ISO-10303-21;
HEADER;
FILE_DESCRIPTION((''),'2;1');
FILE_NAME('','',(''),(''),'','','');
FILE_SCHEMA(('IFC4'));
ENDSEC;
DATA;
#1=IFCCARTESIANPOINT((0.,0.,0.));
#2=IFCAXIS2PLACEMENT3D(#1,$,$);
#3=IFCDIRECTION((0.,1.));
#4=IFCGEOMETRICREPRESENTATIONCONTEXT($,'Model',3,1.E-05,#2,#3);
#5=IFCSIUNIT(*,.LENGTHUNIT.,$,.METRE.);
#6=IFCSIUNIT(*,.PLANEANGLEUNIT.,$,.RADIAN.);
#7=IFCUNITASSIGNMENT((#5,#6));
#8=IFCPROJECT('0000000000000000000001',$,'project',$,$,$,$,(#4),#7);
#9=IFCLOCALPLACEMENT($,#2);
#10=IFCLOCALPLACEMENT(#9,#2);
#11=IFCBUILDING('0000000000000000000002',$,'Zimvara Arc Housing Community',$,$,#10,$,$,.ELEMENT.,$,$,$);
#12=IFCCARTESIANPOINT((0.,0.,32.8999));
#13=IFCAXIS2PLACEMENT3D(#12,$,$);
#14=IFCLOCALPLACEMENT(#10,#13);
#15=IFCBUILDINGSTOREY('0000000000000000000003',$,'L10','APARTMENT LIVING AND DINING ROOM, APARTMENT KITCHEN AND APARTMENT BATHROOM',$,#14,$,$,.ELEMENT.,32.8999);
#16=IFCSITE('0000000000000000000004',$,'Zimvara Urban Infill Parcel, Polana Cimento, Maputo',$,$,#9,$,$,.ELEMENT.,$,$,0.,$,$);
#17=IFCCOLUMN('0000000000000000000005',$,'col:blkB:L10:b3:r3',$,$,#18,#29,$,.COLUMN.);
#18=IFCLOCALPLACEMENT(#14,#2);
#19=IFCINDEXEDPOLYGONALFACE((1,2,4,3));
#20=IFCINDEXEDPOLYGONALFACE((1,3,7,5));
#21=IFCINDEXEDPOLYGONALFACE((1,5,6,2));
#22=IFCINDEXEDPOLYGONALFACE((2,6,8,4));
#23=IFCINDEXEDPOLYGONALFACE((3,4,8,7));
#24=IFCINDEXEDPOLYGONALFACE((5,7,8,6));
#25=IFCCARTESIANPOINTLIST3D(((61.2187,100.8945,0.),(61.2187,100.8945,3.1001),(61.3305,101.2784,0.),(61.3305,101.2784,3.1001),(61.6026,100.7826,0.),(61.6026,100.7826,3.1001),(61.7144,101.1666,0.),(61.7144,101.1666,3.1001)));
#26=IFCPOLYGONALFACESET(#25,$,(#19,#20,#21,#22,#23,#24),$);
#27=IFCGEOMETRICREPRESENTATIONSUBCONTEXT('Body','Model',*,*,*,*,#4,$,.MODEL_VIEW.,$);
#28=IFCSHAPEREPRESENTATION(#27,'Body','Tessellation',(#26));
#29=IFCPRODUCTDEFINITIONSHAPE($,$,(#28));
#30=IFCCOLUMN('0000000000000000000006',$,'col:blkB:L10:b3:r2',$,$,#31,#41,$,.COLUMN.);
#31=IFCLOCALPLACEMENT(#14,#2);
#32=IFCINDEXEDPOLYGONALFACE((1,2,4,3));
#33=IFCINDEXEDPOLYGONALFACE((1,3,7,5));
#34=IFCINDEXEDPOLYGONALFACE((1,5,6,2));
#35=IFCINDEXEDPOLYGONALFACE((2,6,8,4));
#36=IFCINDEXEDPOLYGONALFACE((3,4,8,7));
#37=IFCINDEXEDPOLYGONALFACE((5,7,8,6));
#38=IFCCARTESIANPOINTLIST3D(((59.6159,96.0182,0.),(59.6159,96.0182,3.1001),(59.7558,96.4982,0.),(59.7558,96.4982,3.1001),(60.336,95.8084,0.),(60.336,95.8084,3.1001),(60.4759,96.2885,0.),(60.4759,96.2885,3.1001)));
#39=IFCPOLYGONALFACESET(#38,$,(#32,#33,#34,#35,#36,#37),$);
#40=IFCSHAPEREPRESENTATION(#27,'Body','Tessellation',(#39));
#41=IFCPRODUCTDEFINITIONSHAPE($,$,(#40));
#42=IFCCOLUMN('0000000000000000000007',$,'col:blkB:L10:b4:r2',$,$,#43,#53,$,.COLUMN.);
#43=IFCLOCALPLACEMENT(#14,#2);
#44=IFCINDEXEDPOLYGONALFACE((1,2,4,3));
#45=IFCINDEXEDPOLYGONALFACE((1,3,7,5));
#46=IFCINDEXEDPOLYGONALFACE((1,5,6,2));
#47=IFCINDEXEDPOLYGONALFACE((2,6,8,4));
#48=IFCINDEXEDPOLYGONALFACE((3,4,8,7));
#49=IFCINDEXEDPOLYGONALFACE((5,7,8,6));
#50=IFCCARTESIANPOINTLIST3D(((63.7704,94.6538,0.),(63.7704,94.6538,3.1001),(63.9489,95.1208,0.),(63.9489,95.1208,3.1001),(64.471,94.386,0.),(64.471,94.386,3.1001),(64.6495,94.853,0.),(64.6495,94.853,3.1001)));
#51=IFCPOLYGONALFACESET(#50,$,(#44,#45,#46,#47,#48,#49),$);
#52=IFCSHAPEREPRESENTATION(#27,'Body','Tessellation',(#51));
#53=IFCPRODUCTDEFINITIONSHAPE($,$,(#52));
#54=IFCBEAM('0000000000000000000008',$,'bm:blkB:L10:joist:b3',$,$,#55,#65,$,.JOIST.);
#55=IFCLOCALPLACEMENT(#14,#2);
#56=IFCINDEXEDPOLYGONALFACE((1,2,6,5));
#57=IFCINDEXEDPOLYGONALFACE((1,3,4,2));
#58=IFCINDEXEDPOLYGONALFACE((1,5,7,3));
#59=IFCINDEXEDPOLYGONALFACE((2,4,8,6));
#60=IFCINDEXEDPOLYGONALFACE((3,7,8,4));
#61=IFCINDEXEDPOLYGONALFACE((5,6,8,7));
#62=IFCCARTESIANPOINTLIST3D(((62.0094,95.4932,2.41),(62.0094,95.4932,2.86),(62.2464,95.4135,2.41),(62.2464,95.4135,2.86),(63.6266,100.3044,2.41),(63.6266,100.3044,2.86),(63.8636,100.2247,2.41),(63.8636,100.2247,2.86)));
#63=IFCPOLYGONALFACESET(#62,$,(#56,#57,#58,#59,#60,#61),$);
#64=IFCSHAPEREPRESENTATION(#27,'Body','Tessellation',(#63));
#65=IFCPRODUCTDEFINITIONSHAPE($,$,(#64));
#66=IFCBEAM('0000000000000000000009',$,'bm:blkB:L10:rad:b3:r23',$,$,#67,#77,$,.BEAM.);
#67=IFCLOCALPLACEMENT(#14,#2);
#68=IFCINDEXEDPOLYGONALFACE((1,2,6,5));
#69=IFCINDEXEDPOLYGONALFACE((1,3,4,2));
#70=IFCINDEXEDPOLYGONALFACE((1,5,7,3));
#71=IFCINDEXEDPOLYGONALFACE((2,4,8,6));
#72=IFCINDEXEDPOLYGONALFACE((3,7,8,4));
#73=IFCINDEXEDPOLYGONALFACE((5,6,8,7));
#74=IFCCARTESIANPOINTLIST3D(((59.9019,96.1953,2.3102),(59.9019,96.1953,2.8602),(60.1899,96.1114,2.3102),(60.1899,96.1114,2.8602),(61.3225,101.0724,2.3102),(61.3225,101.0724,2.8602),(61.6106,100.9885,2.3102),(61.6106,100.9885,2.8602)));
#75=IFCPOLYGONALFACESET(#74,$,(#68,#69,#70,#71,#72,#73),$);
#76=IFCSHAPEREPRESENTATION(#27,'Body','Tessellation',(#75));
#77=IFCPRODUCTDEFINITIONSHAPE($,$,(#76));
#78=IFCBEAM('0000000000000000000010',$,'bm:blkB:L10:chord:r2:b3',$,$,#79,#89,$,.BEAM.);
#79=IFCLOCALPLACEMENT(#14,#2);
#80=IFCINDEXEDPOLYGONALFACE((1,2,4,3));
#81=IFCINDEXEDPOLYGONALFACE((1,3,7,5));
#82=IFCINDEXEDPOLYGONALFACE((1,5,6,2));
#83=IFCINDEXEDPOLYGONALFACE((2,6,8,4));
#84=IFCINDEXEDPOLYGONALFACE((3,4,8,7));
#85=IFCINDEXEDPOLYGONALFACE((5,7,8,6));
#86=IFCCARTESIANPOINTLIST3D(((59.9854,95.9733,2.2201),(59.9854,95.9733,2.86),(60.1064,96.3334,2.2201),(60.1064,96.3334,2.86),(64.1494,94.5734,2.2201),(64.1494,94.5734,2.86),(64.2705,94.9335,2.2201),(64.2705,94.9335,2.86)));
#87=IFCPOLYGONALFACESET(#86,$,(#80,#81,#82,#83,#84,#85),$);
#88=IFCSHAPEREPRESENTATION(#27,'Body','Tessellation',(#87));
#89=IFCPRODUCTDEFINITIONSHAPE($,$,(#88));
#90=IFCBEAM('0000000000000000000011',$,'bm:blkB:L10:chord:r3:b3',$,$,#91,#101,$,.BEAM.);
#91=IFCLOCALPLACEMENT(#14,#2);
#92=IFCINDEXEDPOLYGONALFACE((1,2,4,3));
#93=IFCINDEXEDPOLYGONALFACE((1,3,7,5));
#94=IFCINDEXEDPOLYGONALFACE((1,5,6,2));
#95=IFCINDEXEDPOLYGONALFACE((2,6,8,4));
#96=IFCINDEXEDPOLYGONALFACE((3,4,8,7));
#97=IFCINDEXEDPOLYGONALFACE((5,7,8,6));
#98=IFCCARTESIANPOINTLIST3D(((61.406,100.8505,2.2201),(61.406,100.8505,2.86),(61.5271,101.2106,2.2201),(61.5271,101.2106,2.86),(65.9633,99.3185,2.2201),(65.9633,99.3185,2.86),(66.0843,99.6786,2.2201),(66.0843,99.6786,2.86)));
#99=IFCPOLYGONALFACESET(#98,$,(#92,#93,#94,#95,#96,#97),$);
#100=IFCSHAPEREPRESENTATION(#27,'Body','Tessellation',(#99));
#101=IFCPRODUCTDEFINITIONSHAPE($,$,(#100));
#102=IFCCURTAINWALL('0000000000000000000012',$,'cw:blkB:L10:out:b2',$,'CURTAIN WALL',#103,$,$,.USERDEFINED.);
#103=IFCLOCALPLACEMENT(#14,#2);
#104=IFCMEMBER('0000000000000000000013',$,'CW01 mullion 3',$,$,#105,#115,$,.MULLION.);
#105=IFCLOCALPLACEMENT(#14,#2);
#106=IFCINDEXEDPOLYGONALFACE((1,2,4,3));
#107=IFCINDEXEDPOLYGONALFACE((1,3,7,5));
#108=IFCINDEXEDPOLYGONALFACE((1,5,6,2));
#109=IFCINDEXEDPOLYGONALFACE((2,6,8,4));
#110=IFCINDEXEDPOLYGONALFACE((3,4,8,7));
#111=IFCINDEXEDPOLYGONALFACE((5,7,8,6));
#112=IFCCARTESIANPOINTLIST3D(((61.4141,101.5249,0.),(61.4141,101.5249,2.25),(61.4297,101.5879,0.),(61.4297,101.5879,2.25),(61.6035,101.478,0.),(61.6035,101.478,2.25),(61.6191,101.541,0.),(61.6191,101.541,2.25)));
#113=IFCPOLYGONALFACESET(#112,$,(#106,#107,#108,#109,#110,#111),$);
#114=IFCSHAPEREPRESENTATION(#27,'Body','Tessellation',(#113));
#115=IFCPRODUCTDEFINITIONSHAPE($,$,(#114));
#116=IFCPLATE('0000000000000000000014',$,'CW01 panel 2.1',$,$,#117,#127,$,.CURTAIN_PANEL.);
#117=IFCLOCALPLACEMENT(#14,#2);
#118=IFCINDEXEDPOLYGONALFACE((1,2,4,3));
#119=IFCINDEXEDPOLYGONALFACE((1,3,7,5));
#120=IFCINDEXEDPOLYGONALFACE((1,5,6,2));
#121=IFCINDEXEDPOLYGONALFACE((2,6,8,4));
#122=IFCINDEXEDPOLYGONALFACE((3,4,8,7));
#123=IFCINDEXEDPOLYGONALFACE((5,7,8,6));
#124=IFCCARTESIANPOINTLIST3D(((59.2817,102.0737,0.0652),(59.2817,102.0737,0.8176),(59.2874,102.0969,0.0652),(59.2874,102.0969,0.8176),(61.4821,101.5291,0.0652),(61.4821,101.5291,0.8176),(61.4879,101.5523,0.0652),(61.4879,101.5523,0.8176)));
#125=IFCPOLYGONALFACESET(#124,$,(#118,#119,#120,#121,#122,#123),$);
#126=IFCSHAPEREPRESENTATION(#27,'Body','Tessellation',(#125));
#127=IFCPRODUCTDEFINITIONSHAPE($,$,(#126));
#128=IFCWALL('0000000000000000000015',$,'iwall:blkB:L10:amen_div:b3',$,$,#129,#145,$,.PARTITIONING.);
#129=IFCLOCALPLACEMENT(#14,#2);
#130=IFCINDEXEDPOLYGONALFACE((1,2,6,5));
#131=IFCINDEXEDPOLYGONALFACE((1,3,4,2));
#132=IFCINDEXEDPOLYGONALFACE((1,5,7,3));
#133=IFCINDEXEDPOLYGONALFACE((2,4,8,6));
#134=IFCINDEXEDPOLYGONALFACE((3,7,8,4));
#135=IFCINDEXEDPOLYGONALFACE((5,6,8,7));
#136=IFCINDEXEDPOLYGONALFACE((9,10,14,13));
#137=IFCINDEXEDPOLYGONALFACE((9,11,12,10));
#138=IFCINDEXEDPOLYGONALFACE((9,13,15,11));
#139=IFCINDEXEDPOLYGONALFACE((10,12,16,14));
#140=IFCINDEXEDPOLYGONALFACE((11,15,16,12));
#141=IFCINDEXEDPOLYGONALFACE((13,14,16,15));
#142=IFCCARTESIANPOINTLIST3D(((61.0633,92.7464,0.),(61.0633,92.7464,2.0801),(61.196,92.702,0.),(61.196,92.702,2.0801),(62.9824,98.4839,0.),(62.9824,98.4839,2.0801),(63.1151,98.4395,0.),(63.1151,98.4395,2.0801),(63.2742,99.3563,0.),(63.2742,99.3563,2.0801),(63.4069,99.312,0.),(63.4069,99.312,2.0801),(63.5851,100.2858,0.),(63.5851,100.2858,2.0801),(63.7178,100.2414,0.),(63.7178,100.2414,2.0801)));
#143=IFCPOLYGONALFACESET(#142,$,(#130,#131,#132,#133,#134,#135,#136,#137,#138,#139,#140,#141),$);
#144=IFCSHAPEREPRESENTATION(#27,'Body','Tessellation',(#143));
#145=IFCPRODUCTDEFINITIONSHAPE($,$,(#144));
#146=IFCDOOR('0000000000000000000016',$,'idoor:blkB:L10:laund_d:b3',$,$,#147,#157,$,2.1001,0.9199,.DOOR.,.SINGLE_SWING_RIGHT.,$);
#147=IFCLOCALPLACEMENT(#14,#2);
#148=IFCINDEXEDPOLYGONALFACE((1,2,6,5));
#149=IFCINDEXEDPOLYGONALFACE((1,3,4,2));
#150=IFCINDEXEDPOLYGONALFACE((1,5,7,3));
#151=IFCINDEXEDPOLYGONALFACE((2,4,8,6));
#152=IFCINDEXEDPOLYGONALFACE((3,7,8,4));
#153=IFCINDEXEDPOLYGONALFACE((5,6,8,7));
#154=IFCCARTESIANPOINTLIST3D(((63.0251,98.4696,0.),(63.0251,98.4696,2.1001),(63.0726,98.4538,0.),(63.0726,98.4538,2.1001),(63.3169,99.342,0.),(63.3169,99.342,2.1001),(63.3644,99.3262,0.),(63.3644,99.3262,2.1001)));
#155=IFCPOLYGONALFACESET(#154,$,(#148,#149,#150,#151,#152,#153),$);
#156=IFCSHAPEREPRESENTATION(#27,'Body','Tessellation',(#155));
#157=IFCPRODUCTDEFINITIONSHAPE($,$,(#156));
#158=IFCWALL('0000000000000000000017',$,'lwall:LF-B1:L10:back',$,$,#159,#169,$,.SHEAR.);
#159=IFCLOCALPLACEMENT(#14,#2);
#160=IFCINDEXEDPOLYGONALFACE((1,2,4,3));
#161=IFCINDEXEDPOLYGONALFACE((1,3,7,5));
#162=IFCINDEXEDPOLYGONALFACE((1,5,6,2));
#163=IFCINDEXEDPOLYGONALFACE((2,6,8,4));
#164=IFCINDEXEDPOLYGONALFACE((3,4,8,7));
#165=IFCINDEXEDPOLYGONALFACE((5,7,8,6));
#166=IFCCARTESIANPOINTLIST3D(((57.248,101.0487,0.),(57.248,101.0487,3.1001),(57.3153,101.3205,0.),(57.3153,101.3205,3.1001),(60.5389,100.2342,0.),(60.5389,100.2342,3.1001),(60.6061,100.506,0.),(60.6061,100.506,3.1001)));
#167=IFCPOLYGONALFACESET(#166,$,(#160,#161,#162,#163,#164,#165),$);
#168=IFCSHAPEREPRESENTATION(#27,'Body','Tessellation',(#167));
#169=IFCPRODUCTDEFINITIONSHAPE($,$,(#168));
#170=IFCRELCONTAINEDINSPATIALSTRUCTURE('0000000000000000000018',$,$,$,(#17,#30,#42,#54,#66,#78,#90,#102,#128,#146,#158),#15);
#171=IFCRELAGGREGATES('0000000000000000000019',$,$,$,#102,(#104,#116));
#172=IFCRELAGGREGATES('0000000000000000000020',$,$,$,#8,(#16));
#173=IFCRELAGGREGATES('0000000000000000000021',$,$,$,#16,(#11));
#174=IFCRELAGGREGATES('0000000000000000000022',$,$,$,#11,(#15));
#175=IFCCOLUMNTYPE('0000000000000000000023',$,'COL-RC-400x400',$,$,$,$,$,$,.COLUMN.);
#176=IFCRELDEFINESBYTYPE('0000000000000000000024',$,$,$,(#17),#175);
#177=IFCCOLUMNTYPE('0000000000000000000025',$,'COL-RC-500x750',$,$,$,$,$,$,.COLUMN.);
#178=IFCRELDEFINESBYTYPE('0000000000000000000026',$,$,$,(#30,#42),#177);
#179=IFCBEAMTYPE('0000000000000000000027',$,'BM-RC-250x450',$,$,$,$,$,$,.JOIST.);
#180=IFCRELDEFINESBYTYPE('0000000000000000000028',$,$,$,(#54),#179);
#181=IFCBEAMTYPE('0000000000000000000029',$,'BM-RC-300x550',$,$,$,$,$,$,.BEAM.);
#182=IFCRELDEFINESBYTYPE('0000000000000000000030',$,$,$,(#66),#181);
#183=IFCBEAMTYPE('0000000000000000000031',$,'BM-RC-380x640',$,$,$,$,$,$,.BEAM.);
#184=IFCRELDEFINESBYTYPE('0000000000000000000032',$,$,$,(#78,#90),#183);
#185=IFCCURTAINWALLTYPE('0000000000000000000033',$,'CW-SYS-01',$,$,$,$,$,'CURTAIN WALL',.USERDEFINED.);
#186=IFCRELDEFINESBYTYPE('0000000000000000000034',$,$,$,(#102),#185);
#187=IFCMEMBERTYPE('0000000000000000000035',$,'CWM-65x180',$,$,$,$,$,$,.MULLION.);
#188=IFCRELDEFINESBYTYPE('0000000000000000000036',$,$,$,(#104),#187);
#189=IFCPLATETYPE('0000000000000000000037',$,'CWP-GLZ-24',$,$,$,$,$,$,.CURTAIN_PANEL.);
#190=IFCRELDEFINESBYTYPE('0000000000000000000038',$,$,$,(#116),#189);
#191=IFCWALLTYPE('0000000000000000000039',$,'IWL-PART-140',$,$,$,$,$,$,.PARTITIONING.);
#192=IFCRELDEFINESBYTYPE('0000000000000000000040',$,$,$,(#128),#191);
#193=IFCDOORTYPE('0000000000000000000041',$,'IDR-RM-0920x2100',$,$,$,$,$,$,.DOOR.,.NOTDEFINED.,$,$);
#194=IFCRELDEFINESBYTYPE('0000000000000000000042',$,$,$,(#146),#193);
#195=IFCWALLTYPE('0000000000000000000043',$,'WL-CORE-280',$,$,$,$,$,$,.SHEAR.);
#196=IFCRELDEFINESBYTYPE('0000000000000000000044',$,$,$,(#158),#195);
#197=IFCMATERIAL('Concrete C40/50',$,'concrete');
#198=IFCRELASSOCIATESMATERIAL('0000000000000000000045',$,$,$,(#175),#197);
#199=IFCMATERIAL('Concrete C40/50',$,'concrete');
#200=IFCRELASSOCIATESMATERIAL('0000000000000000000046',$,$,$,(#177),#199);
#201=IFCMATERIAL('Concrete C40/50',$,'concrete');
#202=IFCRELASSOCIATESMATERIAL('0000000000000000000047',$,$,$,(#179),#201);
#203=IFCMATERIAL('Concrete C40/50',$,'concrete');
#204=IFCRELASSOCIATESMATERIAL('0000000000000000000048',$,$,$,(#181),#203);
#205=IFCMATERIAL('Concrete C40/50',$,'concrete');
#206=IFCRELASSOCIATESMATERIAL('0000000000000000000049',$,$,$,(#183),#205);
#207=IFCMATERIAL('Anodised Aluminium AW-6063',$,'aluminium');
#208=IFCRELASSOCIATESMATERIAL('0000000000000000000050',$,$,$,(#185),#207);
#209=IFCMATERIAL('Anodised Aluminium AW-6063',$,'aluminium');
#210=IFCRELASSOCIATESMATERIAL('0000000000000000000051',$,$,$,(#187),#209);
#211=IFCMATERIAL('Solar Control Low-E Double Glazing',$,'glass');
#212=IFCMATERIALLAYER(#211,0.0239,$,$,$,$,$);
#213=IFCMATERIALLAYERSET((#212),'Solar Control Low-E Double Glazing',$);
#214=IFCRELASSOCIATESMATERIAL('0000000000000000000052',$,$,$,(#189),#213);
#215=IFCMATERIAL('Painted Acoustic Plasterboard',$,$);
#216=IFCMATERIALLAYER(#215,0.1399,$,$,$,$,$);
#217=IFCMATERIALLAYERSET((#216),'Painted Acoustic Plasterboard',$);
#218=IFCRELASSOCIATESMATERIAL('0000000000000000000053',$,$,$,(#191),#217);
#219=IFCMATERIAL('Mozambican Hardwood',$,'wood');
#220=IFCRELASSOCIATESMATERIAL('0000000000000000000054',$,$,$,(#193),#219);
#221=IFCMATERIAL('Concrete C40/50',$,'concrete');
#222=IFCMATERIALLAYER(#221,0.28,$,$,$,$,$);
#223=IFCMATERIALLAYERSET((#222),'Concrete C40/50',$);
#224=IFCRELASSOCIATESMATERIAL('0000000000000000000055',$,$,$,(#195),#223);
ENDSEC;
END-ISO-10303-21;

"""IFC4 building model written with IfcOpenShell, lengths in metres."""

from ifc_helpers import new_model, si_unit, direction, frame, frame_2d, origin, origin_2d, place, context, subcontext, project, spatial, rectangle, extrude, material, layer, layer_set, material_profile, profile_set, type_object, element, fill, aggregate, save


model = new_model("IFC4")

# Units and contexts
model_context = context("Model", 3, precision=1e-05, world=origin(), true_north=direction((0.0, 1.0)))
body_context = subcontext(model_context, "Body", "Model", "MODEL_VIEW")
ifc_project = project(units=[si_unit("LENGTHUNIT", "METRE"), si_unit("PLANEANGLEUNIT", "RADIAN")], contexts=[model_context])

# Site, building, storey
site_placement = place(None, origin())
site = spatial("IfcSite", under=ifc_project, at=site_placement, Name="Zimvara Urban Infill Parcel, Polana Cimento, Maputo", CompositionType="ELEMENT", RefElevation=0.0)
building_placement = place(site_placement, origin())
building = spatial("IfcBuilding", under=site, at=building_placement, Name="Zimvara Arc Housing Community", CompositionType="ELEMENT")
storey_placement = place(building_placement, frame((0.0, 0.0, 32.8999)))
storey = spatial("IfcBuildingStorey", under=building, at=storey_placement, Name="L10", Description="APARTMENT LIVING AND DINING ROOM, APARTMENT KITCHEN AND APARTMENT BATHROOM", CompositionType="ELEMENT", Elevation=32.8999)

# Columns
ifc_material_1 = material(Name="Concrete C40/50", Category="concrete")
ifc_material_profile_1 = material_profile(ifc_material_1, rectangle(XDim=0.3999, YDim=0.3999, at=origin_2d()), Name="RC 400x400")
ifc_profile_set_1 = profile_set([ifc_material_profile_1], Name="Concrete C40/50")
column_type_1 = type_object("IfcColumnType", Name="COL-RC-400x400", PredefinedType="COLUMN", material=ifc_profile_set_1)
column_placement = place(storey_placement, frame((61.4666, 101.0305, 0.0), z_axis=(0.0, 0.0, 1.0), x_axis=(0.279661, 0.960099, 0.0)))
element("IfcColumn", 1, at=column_placement, inside=storey, type_object=column_type_1, Name="col:blkB:L10:b3:r3", PredefinedType="COLUMN", context=body_context, shape_type="SweptSolid", body=[
    extrude(rectangle(XDim=0.3999, YDim=0.3999, at=origin_2d()), origin(), (0.0, 0.0, 1.0), 3.1001),
])
ifc_material_2 = material(Name="Concrete C40/50", Category="concrete")
ifc_material_profile_2 = material_profile(ifc_material_2, rectangle(XDim=0.5, YDim=0.75, at=origin_2d()), Name="RC 500x750")
ifc_profile_set_2 = profile_set([ifc_material_profile_2], Name="Concrete C40/50")
column_type_2 = type_object("IfcColumnType", Name="COL-RC-500x750", PredefinedType="COLUMN", material=ifc_profile_set_2)
for number, where, z_axis, x_axis, name in (
    (2, (60.0459, 96.1533, 0.0), (0.0, 0.0, 1.0), (0.279661, 0.960099, 0.0), "col:blkB:L10:b3:r2"),
    (3, (64.21, 94.7534, 0.0), (0.0, 0.0, 1.0), (0.357064, 0.93408, 0.0), "col:blkB:L10:b4:r2"),
):
    element("IfcColumn", number, at=place(storey_placement, frame(where, z_axis=z_axis, x_axis=x_axis)), inside=storey, type_object=column_type_2, Name=name, PredefinedType="COLUMN", context=body_context, shape_type="SweptSolid", body=[
        extrude(rectangle(XDim=0.5, YDim=0.75, at=origin_2d()), origin(), (0.0, 0.0, 1.0), 3.1001),
    ])

# Beams
ifc_material_3 = material(Name="Concrete C40/50", Category="concrete")
ifc_material_profile_3 = material_profile(ifc_material_3, rectangle(XDim=0.25, YDim=0.45, at=origin_2d()), Name="RC 250x450")
ifc_profile_set_3 = profile_set([ifc_material_profile_3], Name="Concrete C40/50")
beam_type_1 = type_object("IfcBeamType", Name="BM-RC-250x450", PredefinedType="JOIST", material=ifc_profile_set_3)
beam_1_placement = place(storey_placement, frame((62.1279, 95.4534, 2.635), z_axis=(0.318608, 0.947887, 0.0), x_axis=(-0.947887, 0.318608, 0.0)))
element("IfcBeam", 4, at=beam_1_placement, inside=storey, type_object=beam_type_1, Name="bm:blkB:L10:joist:b3", PredefinedType="JOIST", context=body_context, shape_type="SweptSolid", body=[
    extrude(rectangle(XDim=0.25, YDim=0.45, at=origin_2d()), origin(), (0.0, 0.0, 1.0), 5.0757),
])
ifc_material_4 = material(Name="Concrete C40/50", Category="concrete")
ifc_material_profile_4 = material_profile(ifc_material_4, rectangle(XDim=0.3, YDim=0.55, at=origin_2d()), Name="RC 300x550")
ifc_profile_set_4 = profile_set([ifc_material_profile_4], Name="Concrete C40/50")
beam_type_2 = type_object("IfcBeamType", Name="BM-RC-300x550", PredefinedType="BEAM", material=ifc_profile_set_4)
beam_2_placement = place(storey_placement, frame((60.0459, 96.1533, 2.5852), z_axis=(0.279662, 0.960098, 0.0), x_axis=(-0.960098, 0.279662, 0.0)))
element("IfcBeam", 5, at=beam_2_placement, inside=storey, type_object=beam_type_2, Name="bm:blkB:L10:rad:b3:r23", PredefinedType="BEAM", context=body_context, shape_type="SweptSolid", body=[
    extrude(rectangle(XDim=0.3, YDim=0.55, at=origin_2d()), origin(), (0.0, 0.0, 1.0), 5.0798),
])
ifc_material_5 = material(Name="Concrete C40/50", Category="concrete")
ifc_material_profile_5 = material_profile(ifc_material_5, rectangle(XDim=0.3799, YDim=0.6399, at=origin_2d()), Name="RC 380x640")
ifc_profile_set_5 = profile_set([ifc_material_profile_5], Name="Concrete C40/50")
beam_type_3 = type_object("IfcBeamType", Name="BM-RC-380x640", PredefinedType="BEAM", material=ifc_profile_set_5)
beam_3_placement = place(storey_placement, frame((60.0459, 96.1533, 2.54), z_axis=(0.947869, -0.318661, 0.0), x_axis=(0.318661, 0.947869, 0.0)))
element("IfcBeam", 6, at=beam_3_placement, inside=storey, type_object=beam_type_3, Name="bm:blkB:L10:chord:r2:b3", PredefinedType="BEAM", context=body_context, shape_type="SweptSolid", body=[
    extrude(rectangle(XDim=0.3799, YDim=0.6399, at=origin_2d()), origin(), (0.0, 0.0, 1.0), 4.3931),
])
beam_4_placement = place(storey_placement, frame((61.4666, 101.0305, 2.54), z_axis=(0.947878, -0.318634, 0.0), x_axis=(0.318634, 0.947878, 0.0)))
element("IfcBeam", 7, at=beam_4_placement, inside=storey, type_object=beam_type_3, Name="bm:blkB:L10:chord:r3:b3", PredefinedType="BEAM", context=body_context, shape_type="SweptSolid", body=[
    extrude(rectangle(XDim=0.3799, YDim=0.6399, at=origin_2d()), origin(), (0.0, 0.0, 1.0), 4.8079),
])

# Curtain wall, member, plate
ifc_material_6 = material(Name="Anodised Aluminium AW-6063", Category="aluminium")
curtain_wall_type = type_object("IfcCurtainWallType", Name="CW-SYS-01", ElementType="CURTAIN WALL", PredefinedType="USERDEFINED", material=ifc_material_6)
curtain_wall_placement = place(storey_placement, origin())
curtain_wall = element("IfcCurtainWall", 8, at=curtain_wall_placement, inside=storey, type_object=curtain_wall_type, Name="cw:blkB:L10:out:b2", ObjectType="CURTAIN WALL", PredefinedType="USERDEFINED")
ifc_material_7 = material(Name="Anodised Aluminium AW-6063", Category="aluminium")
ifc_material_profile_6 = material_profile(ifc_material_7, rectangle(XDim=0.0649, YDim=0.1951, at=origin_2d()), Name="ALU 65x195")
ifc_profile_set_6 = profile_set([ifc_material_profile_6], Name="Anodised Aluminium AW-6063")
member_type = type_object("IfcMemberType", Name="CWM-65x180", PredefinedType="MULLION", material=ifc_profile_set_6)
member_placement = place(storey_placement, frame((61.5166, 101.533, 0.0), z_axis=(0.0, 0.0, 1.0), x_axis=(0.24023, 0.970716, 0.0)))
member = element("IfcMember", 9, at=member_placement, type_object=member_type, Name="CW01 mullion 3", PredefinedType="MULLION", context=body_context, shape_type="SweptSolid", body=[
    extrude(rectangle(XDim=0.0649, YDim=0.1951, at=origin_2d()), origin(), (0.0, 0.0, 1.0), 2.25),
])
ifc_material_8 = material(Name="Solar Control Low-E Double Glazing", Category="glass")
ifc_layer_1 = layer(ifc_material_8, 0.0239)
ifc_layer_set_1 = layer_set([ifc_layer_1], Name="Solar Control Low-E Double Glazing")
plate_type = type_object("IfcPlateType", Name="CWP-GLZ-24", PredefinedType="CURTAIN_PANEL", material=ifc_layer_set_1)
plate_placement = place(storey_placement, frame((60.3848, 101.813, 0.0652), z_axis=(0.0, 0.0, 1.0), x_axis=(0.970716, -0.24023, 0.0)))
plate = element("IfcPlate", 10, at=plate_placement, type_object=plate_type, Name="CW01 panel 2.1", PredefinedType="CURTAIN_PANEL", context=body_context, shape_type="SweptSolid", body=[
    extrude(rectangle(XDim=2.2668, YDim=0.0239, at=origin_2d()), origin(), (0.0, 0.0, 1.0), 0.7524),
])
aggregate(curtain_wall, [member, plate])

# Wall, opening, door
ifc_material_9 = material(Name="Painted Acoustic Plasterboard")
ifc_layer_2 = layer(ifc_material_9, 0.1399)
ifc_layer_set_2 = layer_set([ifc_layer_2], Name="Painted Acoustic Plasterboard")
wall_type_1 = type_object("IfcWallType", Name="IWL-PART-140", PredefinedType="PARTITIONING", material=ifc_layer_set_2)
wall_1_placement = place(storey_placement, frame((61.1296, 92.7241, 0.0), z_axis=(0.0, 0.0, 1.0), x_axis=(0.317204, 0.948357, 0.0)))
wall_1 = element("IfcWall", 11, at=wall_1_placement, inside=storey, type_object=wall_type_1, Name="iwall:blkB:L10:amen_div:b3", PredefinedType="PARTITIONING", context=body_context, shape_type="SweptSolid", body=[
    extrude(rectangle(XDim=7.95, YDim=0.1399, at=frame_2d((3.9751, 0.0))), origin(), (0.0, 0.0, 1.0), 2.0801),
])
opening_1_placement = place(wall_1_placement, frame((6.05, 0.0, 0.0)))
opening_1 = element("IfcOpeningElement", 12, at=opening_1_placement, cuts=wall_1, PredefinedType="OPENING", context=body_context, shape_type="SweptSolid", body=[
    extrude(rectangle(XDim=0.9199, YDim=2.1001, at=frame_2d((0.46, 1.05))), frame((0.0, 0.0798, 0.0), z_axis=(0.0, -1.0, 0.0), x_axis=(1.0, 0.0, 0.0)), (0.0, 0.0, 1.0), 0.1599),
])
ifc_material_10 = material(Name="Mozambican Hardwood", Category="wood")
door_type_1 = type_object("IfcDoorType", Name="IDR-RM-0920x2100", OperationType="NOTDEFINED", PredefinedType="DOOR", material=ifc_material_10)
door_1_placement = place(opening_1_placement, origin())
door_1 = element("IfcDoor", 13, at=door_1_placement, inside=storey, type_object=door_type_1, Name="idoor:blkB:L10:laund_d:b3", OperationType="SINGLE_SWING_RIGHT", OverallHeight=2.1001, OverallWidth=0.9199, PredefinedType="DOOR", context=body_context, shape_type="SweptSolid", body=[
    extrude(rectangle(XDim=0.9199, YDim=2.1001, at=frame_2d((0.46, 1.05))), frame((0.0, 0.0249, 0.0), z_axis=(0.0, -1.0, 0.0), x_axis=(1.0, 0.0, 0.0)), (0.0, 0.0, 1.0), 0.05),
])
fill(opening_1, door_1)
ifc_material_11 = material(Name="Concrete C40/50", Category="concrete")
ifc_layer_3 = layer(ifc_material_11, 0.28)
ifc_layer_set_3 = layer_set([ifc_layer_3], Name="Concrete C40/50")
wall_type_2 = type_object("IfcWallType", Name="WL-CORE-280", PredefinedType="SHEAR", material=ifc_layer_set_3)

# Wall
wall_2_placement = place(storey_placement, frame((60.5725, 100.3701, 0.0), z_axis=(0.0, 0.0, 1.0), x_axis=(-0.970712, 0.240247, 0.0)))
element("IfcWall", 14, at=wall_2_placement, inside=storey, type_object=wall_type_2, Name="lwall:LF-B1:L10:back", PredefinedType="SHEAR", context=body_context, shape_type="SweptSolid", body=[
    extrude(rectangle(XDim=3.3901, YDim=0.28, at=frame_2d((1.6951, 0.0))), origin(), (0.0, 0.0, 1.0), 3.1001),
])

save(model, "model.ifc")
